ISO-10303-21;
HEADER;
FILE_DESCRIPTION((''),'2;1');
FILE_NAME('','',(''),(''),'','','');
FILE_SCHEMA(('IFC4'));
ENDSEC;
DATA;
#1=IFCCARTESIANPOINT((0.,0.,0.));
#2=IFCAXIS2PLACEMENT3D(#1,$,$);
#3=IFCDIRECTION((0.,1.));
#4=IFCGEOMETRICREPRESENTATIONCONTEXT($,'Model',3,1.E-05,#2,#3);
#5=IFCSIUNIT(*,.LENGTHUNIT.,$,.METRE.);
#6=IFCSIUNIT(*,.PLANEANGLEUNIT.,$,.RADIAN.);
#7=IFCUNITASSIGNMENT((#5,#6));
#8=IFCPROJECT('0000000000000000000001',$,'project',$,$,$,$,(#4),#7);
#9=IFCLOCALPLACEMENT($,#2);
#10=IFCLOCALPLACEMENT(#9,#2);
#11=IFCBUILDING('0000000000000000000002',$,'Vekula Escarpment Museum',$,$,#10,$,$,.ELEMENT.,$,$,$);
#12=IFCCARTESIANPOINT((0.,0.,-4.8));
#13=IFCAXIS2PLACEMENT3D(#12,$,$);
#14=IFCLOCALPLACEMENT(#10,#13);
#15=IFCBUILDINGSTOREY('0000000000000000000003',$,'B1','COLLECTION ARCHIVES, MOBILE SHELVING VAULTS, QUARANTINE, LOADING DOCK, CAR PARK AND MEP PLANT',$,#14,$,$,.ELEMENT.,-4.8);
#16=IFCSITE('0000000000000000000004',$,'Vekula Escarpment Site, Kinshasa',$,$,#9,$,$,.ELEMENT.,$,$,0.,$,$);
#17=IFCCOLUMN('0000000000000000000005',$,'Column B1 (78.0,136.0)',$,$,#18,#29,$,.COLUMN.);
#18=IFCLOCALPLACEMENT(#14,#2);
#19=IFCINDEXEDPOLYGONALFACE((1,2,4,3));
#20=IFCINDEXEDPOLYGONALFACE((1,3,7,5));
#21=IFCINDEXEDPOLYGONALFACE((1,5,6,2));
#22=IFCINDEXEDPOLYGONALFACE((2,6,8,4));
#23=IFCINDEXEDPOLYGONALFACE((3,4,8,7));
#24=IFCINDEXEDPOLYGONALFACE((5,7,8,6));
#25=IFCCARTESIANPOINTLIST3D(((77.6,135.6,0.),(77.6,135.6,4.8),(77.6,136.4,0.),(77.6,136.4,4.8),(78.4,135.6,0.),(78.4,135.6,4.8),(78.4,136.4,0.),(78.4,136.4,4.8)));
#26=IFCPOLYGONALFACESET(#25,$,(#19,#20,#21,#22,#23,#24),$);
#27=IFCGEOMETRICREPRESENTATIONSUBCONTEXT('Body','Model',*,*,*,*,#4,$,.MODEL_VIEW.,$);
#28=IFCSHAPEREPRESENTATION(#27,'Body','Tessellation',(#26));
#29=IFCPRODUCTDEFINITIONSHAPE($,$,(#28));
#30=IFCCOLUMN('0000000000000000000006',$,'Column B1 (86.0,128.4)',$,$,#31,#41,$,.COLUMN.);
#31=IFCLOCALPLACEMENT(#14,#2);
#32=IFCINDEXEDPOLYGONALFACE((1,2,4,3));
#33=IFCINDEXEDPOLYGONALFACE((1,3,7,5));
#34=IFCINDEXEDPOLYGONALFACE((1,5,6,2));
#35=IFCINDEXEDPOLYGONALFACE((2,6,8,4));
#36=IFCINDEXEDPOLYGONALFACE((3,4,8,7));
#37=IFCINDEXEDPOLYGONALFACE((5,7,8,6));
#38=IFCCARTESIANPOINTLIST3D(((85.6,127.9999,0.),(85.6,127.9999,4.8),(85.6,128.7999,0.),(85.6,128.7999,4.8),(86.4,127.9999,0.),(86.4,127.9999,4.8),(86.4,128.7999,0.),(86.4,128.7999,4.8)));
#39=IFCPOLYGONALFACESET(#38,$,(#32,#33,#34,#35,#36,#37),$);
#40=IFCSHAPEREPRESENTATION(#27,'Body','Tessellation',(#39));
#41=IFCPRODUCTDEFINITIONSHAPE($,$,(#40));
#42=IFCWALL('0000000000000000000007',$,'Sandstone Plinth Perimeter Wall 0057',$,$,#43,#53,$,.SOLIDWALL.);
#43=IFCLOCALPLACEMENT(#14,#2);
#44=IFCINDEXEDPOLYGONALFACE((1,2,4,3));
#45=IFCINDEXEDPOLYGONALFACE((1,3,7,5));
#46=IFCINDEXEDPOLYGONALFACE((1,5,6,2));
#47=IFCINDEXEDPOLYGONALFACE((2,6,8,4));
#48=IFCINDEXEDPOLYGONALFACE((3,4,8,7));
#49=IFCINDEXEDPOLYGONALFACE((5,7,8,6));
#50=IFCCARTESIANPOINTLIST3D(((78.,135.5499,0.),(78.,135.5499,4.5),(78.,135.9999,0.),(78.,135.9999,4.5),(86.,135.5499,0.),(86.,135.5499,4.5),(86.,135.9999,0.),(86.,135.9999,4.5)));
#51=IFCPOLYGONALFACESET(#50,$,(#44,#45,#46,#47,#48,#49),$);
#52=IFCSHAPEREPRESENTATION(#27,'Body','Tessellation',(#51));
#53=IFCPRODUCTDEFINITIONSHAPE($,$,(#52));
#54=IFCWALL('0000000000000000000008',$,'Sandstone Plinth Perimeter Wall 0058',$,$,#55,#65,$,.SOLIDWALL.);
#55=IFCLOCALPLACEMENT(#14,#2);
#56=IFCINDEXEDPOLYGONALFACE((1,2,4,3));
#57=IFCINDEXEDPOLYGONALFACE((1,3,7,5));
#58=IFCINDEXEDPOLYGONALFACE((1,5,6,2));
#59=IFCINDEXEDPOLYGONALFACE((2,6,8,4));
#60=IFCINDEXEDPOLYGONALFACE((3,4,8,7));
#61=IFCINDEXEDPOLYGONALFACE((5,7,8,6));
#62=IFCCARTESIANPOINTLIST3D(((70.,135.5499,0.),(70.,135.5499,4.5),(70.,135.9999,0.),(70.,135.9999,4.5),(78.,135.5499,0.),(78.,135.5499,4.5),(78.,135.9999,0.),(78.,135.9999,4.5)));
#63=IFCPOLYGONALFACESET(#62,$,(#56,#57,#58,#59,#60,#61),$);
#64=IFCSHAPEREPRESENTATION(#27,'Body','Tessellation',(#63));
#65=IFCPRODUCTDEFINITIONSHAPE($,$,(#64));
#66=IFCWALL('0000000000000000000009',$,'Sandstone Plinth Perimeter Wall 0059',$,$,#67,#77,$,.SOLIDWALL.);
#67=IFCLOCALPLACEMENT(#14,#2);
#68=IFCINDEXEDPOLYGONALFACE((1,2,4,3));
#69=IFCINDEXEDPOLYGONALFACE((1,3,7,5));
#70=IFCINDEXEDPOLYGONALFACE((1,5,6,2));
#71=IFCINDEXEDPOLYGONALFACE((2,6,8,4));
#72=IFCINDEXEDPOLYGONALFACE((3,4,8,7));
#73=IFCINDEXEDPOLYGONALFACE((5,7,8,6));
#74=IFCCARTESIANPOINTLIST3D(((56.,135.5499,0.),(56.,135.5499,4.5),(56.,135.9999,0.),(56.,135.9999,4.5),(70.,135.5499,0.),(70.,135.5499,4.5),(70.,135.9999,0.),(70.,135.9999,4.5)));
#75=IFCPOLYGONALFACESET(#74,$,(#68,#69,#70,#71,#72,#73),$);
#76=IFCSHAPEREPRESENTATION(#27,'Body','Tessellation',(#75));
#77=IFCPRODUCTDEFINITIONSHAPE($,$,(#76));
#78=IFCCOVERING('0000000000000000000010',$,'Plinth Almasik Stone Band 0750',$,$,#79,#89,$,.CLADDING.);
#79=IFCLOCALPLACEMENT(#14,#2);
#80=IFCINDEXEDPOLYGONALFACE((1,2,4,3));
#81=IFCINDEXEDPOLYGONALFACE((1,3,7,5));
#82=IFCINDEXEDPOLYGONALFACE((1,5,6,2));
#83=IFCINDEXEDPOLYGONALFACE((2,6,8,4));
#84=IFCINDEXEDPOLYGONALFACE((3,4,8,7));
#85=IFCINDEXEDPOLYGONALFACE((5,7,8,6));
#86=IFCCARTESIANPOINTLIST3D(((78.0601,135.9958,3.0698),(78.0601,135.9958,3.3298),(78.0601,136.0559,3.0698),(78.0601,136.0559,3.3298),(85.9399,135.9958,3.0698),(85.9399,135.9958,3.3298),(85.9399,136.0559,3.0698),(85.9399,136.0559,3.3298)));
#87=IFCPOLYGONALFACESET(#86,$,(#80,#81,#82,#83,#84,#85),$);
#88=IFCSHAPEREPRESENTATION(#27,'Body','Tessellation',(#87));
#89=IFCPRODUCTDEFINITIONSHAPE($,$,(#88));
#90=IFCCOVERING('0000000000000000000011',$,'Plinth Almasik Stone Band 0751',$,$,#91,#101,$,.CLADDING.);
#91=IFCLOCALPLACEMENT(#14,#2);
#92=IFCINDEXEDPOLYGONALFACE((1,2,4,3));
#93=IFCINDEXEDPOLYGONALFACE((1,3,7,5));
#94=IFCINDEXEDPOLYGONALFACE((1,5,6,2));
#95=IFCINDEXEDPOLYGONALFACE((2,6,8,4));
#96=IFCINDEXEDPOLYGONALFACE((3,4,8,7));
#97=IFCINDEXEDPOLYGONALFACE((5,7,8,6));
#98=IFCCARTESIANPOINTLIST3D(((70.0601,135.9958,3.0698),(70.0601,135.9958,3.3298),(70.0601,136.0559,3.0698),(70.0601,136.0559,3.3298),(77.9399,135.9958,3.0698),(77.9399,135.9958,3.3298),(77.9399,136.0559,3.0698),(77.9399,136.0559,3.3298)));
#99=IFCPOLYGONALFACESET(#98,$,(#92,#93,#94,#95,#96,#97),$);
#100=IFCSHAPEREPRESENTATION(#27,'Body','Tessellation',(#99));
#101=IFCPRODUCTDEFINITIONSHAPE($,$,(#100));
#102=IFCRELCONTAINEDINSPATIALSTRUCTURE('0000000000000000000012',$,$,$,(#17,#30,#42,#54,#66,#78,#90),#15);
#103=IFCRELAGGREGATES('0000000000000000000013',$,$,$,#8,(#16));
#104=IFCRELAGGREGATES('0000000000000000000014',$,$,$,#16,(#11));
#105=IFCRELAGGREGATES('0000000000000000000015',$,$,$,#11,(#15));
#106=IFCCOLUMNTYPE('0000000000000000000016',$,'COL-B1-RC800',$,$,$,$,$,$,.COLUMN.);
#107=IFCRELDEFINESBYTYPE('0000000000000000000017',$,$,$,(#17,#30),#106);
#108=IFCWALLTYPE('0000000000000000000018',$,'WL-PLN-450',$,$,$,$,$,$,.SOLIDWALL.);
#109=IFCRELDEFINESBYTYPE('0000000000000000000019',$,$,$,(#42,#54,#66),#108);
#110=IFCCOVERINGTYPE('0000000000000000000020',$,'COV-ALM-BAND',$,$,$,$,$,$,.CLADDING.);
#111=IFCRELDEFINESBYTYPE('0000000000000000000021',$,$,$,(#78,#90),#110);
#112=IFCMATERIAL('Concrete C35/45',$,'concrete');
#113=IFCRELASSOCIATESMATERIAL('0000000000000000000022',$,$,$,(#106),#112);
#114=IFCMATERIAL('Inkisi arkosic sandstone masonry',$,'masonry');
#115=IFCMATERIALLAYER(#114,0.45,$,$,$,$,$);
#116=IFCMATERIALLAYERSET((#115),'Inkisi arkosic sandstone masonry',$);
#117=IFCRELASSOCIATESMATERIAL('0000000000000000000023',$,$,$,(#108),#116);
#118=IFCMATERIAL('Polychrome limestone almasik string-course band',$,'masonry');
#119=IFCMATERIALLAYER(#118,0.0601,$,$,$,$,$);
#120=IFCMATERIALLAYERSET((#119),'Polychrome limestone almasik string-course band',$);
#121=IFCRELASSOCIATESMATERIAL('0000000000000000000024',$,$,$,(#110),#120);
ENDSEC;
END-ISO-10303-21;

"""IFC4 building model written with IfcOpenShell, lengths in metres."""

from ifc_helpers import new_model, si_unit, direction, frame, frame_2d, origin, origin_2d, place, context, subcontext, project, spatial, rectangle, extrude, material, layer, layer_set, material_profile, profile_set, type_object, element, save


model = new_model("IFC4")

# Units and contexts
model_context = context("Model", 3, precision=1e-05, world=origin(), true_north=direction((0.0, 1.0)))
body_context = subcontext(model_context, "Body", "Model", "MODEL_VIEW")
ifc_project = project(units=[si_unit("LENGTHUNIT", "METRE"), si_unit("PLANEANGLEUNIT", "RADIAN")], contexts=[model_context])

# Site, building, storey
site_placement = place(None, origin())
site = spatial("IfcSite", under=ifc_project, at=site_placement, Name="Vekula Escarpment Site, Kinshasa", CompositionType="ELEMENT", RefElevation=0.0)
building_placement = place(site_placement, origin())
building = spatial("IfcBuilding", under=site, at=building_placement, Name="Vekula Escarpment Museum", CompositionType="ELEMENT")
storey_placement = place(building_placement, frame((0.0, 0.0, -4.8)))
storey = spatial("IfcBuildingStorey", under=building, at=storey_placement, Name="B1", Description="COLLECTION ARCHIVES, MOBILE SHELVING VAULTS, QUARANTINE, LOADING DOCK, CAR PARK AND MEP PLANT", CompositionType="ELEMENT", Elevation=-4.8)

# Columns
ifc_material_1 = material(Name="Concrete C35/45", Category="concrete")
ifc_material_profile_1 = material_profile(ifc_material_1, rectangle(XDim=0.8, YDim=0.8, at=origin_2d()), Name="RC 800x800")
ifc_profile_set_1 = profile_set([ifc_material_profile_1], Name="Concrete C35/45")
column_type_1 = type_object("IfcColumnType", Name="COL-B1-RC800", PredefinedType="COLUMN", material=ifc_profile_set_1)
for number, where, z_axis, x_axis, name in (
    (1, (78.0, 136.0, 0.0), (0.0, 0.0, 1.0), (1.0, 0.0, 0.0), "Column B1 (78.0,136.0)"),
    (2, (86.0, 128.3999, 0.0), (0.0, 0.0, 1.0), (1.0, 0.0, 0.0), "Column B1 (86.0,128.4)"),
):
    element("IfcColumn", number, at=place(storey_placement, frame(where, z_axis=z_axis, x_axis=x_axis)), inside=storey, type_object=column_type_1, Name=name, PredefinedType="COLUMN", context=body_context, shape_type="SweptSolid", body=[
        extrude(rectangle(XDim=0.8, YDim=0.8, at=origin_2d()), origin(), (0.0, 0.0, 1.0), 4.8),
    ])

# Walls
ifc_material_2 = material(Name="Inkisi arkosic sandstone masonry", Category="masonry")
ifc_layer_1 = layer(ifc_material_2, 0.45)
ifc_layer_set_1 = layer_set([ifc_layer_1], Name="Inkisi arkosic sandstone masonry")
wall_type = type_object("IfcWallType", Name="WL-PLN-450", PredefinedType="SOLIDWALL", material=ifc_layer_set_1)
for number, where, z_axis, x_axis, name in (
    (3, (86.0, 135.7749, 0.0), (0.0, 0.0, 1.0), (-1.0, 0.0, 0.0), "Sandstone Plinth Perimeter Wall 0057"),
    (4, (78.0, 135.7749, 0.0), (0.0, 0.0, 1.0), (-1.0, 0.0, 0.0), "Sandstone Plinth Perimeter Wall 0058"),
):
    element("IfcWall", number, at=place(storey_placement, frame(where, z_axis=z_axis, x_axis=x_axis)), inside=storey, type_object=wall_type, Name=name, PredefinedType="SOLIDWALL", context=body_context, shape_type="SweptSolid", body=[
        extrude(rectangle(XDim=8.0, YDim=0.45, at=frame_2d((4.0, 0.0))), origin(), (0.0, 0.0, 1.0), 4.5),
    ])
wall_placement = place(storey_placement, frame((70.0, 135.7749, 0.0), z_axis=(0.0, 0.0, 1.0), x_axis=(-1.0, 0.0, 0.0)))
element("IfcWall", 5, at=wall_placement, inside=storey, type_object=wall_type, Name="Sandstone Plinth Perimeter Wall 0059", PredefinedType="SOLIDWALL", context=body_context, shape_type="SweptSolid", body=[
    extrude(rectangle(XDim=14.0, YDim=0.45, at=frame_2d((7.0, 0.0))), origin(), (0.0, 0.0, 1.0), 4.5),
])

# Coverings
ifc_material_3 = material(Name="Polychrome limestone almasik string-course band", Category="masonry")
ifc_layer_2 = layer(ifc_material_3, 0.0601)
ifc_layer_set_2 = layer_set([ifc_layer_2], Name="Polychrome limestone almasik string-course band")
covering_type = type_object("IfcCoveringType", Name="COV-ALM-BAND", PredefinedType="CLADDING", material=ifc_layer_set_2)
for number, where, z_axis, x_axis, name in (
    (6, (82.0, 136.0259, 3.0698), (0.0, 0.0, 1.0), (1.0, 0.0, 0.0), "Plinth Almasik Stone Band 0750"),
    (7, (74.0, 136.0259, 3.0698), (0.0, 0.0, 1.0), (1.0, 0.0, 0.0), "Plinth Almasik Stone Band 0751"),
):
    element("IfcCovering", number, at=place(storey_placement, frame(where, z_axis=z_axis, x_axis=x_axis)), inside=storey, type_object=covering_type, Name=name, PredefinedType="CLADDING", context=body_context, shape_type="SweptSolid", body=[
        extrude(rectangle(XDim=7.8799, YDim=0.0601, at=origin_2d()), origin(), (0.0, 0.0, 1.0), 0.26),
    ])

save(model, "model.ifc")
